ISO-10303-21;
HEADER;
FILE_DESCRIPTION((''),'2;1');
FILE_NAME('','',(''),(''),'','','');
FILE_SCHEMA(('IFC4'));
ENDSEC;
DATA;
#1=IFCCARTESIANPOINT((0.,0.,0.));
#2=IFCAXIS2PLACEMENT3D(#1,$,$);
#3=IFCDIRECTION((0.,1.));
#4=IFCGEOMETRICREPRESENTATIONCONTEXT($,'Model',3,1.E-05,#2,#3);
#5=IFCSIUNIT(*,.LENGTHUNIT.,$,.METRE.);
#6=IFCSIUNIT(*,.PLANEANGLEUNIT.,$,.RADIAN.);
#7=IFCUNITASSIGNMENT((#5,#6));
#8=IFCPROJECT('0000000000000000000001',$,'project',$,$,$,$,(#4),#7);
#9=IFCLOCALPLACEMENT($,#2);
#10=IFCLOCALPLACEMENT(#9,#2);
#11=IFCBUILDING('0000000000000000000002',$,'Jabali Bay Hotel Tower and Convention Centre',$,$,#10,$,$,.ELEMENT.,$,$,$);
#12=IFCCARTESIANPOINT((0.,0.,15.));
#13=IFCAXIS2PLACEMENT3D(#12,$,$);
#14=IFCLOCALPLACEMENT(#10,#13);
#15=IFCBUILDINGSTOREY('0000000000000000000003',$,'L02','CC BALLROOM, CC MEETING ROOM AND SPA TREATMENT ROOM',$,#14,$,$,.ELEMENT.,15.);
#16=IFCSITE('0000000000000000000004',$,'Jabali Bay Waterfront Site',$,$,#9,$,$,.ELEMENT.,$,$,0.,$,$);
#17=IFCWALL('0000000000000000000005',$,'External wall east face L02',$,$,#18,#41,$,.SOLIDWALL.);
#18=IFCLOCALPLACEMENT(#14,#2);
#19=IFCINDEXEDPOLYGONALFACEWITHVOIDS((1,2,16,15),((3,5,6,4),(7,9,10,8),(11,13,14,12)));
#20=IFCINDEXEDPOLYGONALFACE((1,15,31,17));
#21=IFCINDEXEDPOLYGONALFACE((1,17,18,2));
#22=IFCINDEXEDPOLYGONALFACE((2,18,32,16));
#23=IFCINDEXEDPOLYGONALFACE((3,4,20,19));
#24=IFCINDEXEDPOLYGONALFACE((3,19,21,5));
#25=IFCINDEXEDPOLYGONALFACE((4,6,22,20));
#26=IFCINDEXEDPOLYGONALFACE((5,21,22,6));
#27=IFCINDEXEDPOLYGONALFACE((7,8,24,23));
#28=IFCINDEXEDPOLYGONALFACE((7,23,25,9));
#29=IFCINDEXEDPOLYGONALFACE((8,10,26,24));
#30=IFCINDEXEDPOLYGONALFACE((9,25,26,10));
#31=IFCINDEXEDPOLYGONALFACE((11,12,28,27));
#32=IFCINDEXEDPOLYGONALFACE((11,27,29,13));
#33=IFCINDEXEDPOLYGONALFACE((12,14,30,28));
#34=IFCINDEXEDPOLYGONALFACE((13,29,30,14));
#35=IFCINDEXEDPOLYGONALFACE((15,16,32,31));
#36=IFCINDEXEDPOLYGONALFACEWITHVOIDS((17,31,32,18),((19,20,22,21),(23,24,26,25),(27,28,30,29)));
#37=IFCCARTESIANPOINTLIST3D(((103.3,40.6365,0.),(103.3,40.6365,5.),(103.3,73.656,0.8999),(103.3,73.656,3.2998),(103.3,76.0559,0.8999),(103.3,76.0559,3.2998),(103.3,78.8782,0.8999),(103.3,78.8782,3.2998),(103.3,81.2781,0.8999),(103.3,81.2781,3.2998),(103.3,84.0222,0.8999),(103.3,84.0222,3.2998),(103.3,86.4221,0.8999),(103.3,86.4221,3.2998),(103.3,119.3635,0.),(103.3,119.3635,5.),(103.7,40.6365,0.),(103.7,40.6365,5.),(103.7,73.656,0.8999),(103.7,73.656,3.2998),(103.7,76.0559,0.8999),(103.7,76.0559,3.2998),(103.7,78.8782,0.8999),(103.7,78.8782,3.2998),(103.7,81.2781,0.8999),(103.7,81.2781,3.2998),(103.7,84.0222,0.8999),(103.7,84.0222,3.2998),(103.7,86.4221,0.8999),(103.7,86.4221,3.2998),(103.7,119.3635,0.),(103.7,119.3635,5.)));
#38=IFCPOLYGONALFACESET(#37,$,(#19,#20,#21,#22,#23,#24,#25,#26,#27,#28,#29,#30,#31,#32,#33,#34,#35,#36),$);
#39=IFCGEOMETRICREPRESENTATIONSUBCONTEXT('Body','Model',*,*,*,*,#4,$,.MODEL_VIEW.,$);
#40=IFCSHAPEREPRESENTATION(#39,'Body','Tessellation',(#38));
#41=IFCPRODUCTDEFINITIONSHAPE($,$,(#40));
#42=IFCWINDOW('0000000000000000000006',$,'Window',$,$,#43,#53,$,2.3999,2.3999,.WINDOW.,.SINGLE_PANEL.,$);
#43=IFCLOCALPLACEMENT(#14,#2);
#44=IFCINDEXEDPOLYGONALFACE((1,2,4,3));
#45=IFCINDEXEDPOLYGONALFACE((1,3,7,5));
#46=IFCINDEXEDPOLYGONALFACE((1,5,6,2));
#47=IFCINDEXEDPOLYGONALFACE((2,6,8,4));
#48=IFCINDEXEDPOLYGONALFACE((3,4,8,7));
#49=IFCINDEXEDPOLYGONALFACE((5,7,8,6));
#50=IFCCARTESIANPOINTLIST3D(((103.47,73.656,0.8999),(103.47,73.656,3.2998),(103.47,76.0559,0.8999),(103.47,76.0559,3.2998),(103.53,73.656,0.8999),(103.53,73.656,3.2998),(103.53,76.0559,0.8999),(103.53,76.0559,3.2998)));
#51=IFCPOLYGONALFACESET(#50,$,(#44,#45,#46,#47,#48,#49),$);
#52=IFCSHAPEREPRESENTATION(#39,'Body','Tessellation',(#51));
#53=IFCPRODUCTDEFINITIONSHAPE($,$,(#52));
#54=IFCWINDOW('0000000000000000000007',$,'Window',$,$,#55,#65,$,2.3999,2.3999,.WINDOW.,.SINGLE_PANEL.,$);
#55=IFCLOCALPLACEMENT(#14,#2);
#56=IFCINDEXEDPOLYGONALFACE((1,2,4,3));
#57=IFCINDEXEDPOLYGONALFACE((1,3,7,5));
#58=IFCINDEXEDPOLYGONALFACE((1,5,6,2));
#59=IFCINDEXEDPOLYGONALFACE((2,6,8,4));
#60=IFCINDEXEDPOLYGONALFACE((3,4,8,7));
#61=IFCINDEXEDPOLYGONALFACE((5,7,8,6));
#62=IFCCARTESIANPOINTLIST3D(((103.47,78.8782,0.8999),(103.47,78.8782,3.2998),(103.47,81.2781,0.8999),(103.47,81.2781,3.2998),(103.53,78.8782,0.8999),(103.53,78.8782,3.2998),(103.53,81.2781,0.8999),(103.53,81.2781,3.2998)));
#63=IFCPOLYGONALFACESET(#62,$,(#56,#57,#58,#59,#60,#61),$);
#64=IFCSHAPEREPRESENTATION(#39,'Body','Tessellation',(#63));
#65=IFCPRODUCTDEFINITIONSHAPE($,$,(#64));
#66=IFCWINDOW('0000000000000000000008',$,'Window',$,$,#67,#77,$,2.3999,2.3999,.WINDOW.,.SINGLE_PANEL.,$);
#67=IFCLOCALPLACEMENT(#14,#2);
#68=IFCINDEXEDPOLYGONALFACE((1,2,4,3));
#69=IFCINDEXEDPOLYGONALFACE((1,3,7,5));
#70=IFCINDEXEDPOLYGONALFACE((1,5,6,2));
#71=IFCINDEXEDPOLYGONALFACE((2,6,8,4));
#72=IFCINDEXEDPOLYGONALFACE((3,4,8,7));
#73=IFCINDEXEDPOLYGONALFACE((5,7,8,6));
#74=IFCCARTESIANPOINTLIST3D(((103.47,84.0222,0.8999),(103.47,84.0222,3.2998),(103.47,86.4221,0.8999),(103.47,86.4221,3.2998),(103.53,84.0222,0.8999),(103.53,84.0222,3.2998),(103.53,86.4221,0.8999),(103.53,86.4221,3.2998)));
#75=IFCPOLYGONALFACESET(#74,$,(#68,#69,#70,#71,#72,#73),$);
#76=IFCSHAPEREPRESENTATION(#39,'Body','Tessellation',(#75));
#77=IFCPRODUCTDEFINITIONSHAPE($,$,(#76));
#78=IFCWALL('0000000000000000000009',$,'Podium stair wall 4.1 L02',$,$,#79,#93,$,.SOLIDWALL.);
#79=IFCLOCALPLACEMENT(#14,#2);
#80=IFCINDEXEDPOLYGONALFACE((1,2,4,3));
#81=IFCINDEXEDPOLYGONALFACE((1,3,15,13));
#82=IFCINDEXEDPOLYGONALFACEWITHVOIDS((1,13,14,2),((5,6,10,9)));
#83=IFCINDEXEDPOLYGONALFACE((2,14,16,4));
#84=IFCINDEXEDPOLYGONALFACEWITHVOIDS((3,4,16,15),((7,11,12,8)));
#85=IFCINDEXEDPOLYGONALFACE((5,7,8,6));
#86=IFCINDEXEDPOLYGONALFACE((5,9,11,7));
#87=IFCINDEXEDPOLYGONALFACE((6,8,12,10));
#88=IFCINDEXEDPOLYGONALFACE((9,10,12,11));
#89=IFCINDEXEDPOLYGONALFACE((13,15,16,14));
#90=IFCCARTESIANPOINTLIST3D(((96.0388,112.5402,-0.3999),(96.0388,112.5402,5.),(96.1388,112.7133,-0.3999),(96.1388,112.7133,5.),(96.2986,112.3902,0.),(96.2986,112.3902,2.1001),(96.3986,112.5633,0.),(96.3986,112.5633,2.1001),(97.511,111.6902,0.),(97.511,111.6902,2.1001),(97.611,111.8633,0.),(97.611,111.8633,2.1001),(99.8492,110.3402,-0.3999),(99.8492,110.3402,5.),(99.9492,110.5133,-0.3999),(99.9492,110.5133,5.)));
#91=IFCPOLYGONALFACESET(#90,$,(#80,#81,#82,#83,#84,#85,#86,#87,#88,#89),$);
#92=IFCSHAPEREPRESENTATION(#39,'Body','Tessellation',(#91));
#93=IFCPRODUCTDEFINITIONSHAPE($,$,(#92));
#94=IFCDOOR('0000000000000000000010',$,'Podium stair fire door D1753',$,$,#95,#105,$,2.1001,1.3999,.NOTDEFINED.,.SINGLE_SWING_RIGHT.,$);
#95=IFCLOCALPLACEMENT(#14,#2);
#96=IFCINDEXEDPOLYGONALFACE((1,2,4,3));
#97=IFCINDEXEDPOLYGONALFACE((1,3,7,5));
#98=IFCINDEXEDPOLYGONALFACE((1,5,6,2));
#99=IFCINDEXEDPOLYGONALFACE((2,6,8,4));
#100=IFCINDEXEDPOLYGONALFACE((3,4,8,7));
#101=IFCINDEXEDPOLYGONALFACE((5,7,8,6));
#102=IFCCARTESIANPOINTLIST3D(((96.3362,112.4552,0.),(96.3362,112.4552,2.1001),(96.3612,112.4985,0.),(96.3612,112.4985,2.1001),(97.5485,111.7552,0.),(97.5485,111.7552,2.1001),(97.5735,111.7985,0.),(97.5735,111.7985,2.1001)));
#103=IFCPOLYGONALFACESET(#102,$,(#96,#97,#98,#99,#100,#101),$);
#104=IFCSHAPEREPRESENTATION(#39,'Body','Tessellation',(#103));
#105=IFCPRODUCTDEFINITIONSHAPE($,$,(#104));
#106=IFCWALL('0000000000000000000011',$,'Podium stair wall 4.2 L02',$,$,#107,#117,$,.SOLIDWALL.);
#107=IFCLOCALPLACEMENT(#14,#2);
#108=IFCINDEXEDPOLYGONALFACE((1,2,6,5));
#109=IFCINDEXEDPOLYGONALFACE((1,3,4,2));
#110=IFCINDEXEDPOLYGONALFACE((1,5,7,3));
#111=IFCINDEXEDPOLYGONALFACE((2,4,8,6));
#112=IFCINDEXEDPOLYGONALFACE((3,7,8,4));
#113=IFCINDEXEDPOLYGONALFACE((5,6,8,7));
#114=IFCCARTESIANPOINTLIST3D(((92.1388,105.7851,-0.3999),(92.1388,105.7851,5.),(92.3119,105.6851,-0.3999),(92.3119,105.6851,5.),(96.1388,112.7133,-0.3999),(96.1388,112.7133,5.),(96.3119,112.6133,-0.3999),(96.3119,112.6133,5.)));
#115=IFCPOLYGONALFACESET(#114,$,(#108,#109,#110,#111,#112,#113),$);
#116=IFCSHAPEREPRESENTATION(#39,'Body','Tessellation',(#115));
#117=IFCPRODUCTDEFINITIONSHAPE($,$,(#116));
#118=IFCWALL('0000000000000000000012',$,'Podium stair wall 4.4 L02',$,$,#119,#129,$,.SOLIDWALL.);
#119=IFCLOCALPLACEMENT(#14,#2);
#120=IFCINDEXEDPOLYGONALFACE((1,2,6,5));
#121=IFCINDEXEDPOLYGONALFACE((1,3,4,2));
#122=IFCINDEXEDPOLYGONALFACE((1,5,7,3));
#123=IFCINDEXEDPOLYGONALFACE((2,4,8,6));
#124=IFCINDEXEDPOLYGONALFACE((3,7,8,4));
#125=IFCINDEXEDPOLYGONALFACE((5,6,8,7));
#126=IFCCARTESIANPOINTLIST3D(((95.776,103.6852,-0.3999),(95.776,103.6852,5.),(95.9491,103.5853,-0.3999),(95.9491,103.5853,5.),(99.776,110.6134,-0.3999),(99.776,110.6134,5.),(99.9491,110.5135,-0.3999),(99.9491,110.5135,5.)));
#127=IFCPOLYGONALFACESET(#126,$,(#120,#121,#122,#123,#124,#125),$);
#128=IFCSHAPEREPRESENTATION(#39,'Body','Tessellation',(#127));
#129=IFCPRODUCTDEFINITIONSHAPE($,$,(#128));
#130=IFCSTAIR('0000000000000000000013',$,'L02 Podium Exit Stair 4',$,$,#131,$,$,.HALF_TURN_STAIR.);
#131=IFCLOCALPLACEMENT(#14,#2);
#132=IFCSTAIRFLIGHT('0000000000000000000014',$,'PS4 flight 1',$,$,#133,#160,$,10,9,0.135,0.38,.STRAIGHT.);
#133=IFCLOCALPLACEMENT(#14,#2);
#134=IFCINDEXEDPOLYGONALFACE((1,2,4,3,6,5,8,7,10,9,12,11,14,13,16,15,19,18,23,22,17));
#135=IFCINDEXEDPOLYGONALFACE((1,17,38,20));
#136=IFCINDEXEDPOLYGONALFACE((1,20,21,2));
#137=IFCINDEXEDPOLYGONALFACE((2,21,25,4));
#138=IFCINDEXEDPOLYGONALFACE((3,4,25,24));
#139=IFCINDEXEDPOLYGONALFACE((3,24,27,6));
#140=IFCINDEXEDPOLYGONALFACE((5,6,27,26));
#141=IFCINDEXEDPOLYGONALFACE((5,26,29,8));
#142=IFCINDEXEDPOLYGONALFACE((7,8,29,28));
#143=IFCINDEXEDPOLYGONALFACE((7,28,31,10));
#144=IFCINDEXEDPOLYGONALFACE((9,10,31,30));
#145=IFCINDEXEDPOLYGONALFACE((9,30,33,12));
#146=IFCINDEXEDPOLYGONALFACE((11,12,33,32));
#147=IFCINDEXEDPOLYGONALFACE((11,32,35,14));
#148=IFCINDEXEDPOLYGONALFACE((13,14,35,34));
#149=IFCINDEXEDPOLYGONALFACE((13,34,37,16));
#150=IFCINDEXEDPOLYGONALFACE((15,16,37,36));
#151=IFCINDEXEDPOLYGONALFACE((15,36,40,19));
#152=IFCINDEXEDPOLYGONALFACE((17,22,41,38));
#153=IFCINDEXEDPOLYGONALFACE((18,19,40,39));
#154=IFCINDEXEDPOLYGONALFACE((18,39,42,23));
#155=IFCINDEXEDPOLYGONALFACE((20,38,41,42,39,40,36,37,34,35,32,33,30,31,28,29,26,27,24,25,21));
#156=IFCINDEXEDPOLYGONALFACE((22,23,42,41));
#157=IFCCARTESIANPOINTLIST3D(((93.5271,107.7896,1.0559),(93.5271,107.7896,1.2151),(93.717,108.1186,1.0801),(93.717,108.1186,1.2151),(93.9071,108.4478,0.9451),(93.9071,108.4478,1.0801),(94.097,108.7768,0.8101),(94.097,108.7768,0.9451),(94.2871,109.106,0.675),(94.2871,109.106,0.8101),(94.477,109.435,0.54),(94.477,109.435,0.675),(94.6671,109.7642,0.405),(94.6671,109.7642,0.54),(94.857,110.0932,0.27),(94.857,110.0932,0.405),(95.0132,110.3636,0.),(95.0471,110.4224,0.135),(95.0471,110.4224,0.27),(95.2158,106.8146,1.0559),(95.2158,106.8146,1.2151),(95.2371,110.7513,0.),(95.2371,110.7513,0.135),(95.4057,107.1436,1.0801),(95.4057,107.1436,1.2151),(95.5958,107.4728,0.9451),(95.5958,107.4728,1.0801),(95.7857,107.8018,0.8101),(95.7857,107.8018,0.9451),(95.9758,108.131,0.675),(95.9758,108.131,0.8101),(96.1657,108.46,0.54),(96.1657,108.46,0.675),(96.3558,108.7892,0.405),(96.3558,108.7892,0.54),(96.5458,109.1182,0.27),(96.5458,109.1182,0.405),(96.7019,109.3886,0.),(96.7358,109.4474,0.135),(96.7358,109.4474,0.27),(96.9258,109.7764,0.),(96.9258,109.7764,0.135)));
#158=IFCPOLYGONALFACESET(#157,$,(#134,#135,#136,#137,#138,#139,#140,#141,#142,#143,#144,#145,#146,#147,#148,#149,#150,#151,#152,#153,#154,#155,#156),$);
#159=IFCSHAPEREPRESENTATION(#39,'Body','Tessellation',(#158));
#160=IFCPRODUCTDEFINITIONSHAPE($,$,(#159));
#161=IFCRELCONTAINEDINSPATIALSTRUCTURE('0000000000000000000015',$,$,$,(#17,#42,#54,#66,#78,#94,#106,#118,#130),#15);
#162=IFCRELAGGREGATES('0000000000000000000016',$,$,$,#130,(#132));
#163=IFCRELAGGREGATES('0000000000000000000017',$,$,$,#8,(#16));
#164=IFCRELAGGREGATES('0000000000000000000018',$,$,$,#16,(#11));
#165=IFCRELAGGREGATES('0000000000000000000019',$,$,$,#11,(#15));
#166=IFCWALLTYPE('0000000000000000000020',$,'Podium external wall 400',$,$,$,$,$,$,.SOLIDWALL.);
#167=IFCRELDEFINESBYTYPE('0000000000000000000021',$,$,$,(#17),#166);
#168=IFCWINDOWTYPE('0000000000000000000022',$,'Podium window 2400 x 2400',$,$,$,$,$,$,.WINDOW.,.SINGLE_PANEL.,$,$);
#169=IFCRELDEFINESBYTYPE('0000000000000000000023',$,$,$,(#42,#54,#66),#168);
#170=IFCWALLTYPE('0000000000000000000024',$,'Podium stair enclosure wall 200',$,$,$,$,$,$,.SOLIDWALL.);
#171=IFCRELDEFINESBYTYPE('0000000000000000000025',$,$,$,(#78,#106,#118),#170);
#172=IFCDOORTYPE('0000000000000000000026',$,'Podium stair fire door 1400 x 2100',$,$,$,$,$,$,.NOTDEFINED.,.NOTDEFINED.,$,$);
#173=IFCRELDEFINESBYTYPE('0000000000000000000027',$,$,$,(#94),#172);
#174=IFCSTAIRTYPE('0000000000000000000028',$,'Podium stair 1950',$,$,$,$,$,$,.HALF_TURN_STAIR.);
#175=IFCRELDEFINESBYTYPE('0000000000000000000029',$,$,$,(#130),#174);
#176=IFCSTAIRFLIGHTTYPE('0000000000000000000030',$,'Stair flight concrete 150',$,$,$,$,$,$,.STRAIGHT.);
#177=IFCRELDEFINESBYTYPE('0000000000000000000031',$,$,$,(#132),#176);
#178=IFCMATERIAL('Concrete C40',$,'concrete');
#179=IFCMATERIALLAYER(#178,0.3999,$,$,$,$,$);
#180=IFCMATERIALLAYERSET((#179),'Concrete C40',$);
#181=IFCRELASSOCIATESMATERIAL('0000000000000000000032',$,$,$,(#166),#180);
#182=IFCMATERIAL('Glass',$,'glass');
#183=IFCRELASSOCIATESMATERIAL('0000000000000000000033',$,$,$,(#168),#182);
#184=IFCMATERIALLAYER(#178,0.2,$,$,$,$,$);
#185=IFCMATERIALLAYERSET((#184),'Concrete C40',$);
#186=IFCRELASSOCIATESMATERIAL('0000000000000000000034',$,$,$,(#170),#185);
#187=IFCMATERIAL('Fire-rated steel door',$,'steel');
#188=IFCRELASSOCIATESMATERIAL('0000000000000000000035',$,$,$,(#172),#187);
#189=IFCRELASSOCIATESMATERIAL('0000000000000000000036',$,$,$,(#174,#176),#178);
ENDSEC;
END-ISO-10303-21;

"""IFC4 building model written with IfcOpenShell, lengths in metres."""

from ifc_helpers import new_model, si_unit, direction, frame, frame_2d, origin, place, context, subcontext, project, spatial, polyline, rectangle, outline, extrude, material, layer, layer_set, type_object, element, fill, aggregate, save


model = new_model("IFC4")

# Units and contexts
model_context = context("Model", 3, precision=1e-05, world=origin(), true_north=direction((0.0, 1.0)))
body_context = subcontext(model_context, "Body", "Model", "MODEL_VIEW")
ifc_project = project(units=[si_unit("LENGTHUNIT", "METRE"), si_unit("PLANEANGLEUNIT", "RADIAN")], contexts=[model_context])

# Site, building, storey
site_placement = place(None, origin())
site = spatial("IfcSite", under=ifc_project, at=site_placement, Name="Jabali Bay Waterfront Site", CompositionType="ELEMENT", RefElevation=0.0)
building_placement = place(site_placement, origin())
building = spatial("IfcBuilding", under=site, at=building_placement, Name="Jabali Bay Hotel Tower and Convention Centre", CompositionType="ELEMENT")
storey_placement = place(building_placement, frame((0.0, 0.0, 15.0)))
storey = spatial("IfcBuildingStorey", under=building, at=storey_placement, Name="L02", Description="CC BALLROOM, CC MEETING ROOM AND SPA TREATMENT ROOM", CompositionType="ELEMENT", Elevation=15.0)

# Shared definitions
ifc_material_1 = material(Name="Concrete C40", Category="concrete")

# Wall, openings, windows
ifc_layer_1 = layer(ifc_material_1, 0.3999)
ifc_layer_set_1 = layer_set([ifc_layer_1], Name="Concrete C40")
wall_type_1 = type_object("IfcWallType", Name="Podium external wall 400", PredefinedType="SOLIDWALL", material=ifc_layer_set_1)
wall_1_placement = place(storey_placement, frame((103.5, 119.3635, 0.0), z_axis=(0.0, 0.0, 1.0), x_axis=(0.0, -1.0, 0.0)))
wall_1 = element("IfcWall", 1, at=wall_1_placement, inside=storey, type_object=wall_type_1, Name="External wall east face L02", PredefinedType="SOLIDWALL", context=body_context, shape_type="SweptSolid", body=[
    extrude(rectangle(XDim=78.7271, YDim=0.3999, at=frame_2d((39.3635, 0.0))), origin(), (0.0, 0.0, 1.0), 5.0),
])
opening_1_placement = place(wall_1_placement, frame((43.3076, 0.0, 0.8999)))
opening_1 = element("IfcOpeningElement", 2, at=opening_1_placement, cuts=wall_1, PredefinedType="OPENING", context=body_context, shape_type="SweptSolid", body=[
    extrude(rectangle(XDim=2.3999, YDim=2.3999, at=frame_2d((1.2, 1.2))), frame((0.0, 0.2104, 0.0), z_axis=(0.0, -1.0, 0.0), x_axis=(1.0, 0.0, 0.0)), (0.0, 0.0, 1.0), 0.4209),
])
opening_2_placement = place(wall_1_placement, frame((38.0854, 0.0, 0.8999)))
opening_2 = element("IfcOpeningElement", 3, at=opening_2_placement, cuts=wall_1, PredefinedType="OPENING", context=body_context, shape_type="SweptSolid", body=[
    extrude(rectangle(XDim=2.3999, YDim=2.3999, at=frame_2d((1.2, 1.2))), frame((0.0, 0.2104, 0.0), z_axis=(0.0, -1.0, 0.0), x_axis=(1.0, 0.0, 0.0)), (0.0, 0.0, 1.0), 0.4209),
])
opening_3_placement = place(wall_1_placement, frame((32.9414, 0.0, 0.8999)))
opening_3 = element("IfcOpeningElement", 4, at=opening_3_placement, cuts=wall_1, PredefinedType="OPENING", context=body_context, shape_type="SweptSolid", body=[
    extrude(rectangle(XDim=2.3999, YDim=2.3999, at=frame_2d((1.2, 1.2))), frame((0.0, 0.2104, 0.0), z_axis=(0.0, -1.0, 0.0), x_axis=(1.0, 0.0, 0.0)), (0.0, 0.0, 1.0), 0.4209),
])
ifc_material_2 = material(Name="Glass", Category="glass")
window_type = type_object("IfcWindowType", Name="Podium window 2400 x 2400", PartitioningType="SINGLE_PANEL", PredefinedType="WINDOW", material=ifc_material_2)
window_1_placement = place(opening_1_placement, origin())
window_1 = element("IfcWindow", 5, at=window_1_placement, inside=storey, type_object=window_type, Name="Window", OverallHeight=2.3999, OverallWidth=2.3999, PartitioningType="SINGLE_PANEL", PredefinedType="WINDOW", context=body_context, shape_type="SweptSolid", body=[
    extrude(rectangle(XDim=2.3999, YDim=2.3999, at=frame_2d((1.2, 1.2))), frame((0.0, 0.03, 0.0), z_axis=(0.0, -1.0, 0.0), x_axis=(1.0, 0.0, 0.0)), (0.0, 0.0, 1.0), 0.0601),
])
fill(opening_1, window_1)
window_2_placement = place(opening_2_placement, origin())
window_2 = element("IfcWindow", 6, at=window_2_placement, inside=storey, type_object=window_type, Name="Window", OverallHeight=2.3999, OverallWidth=2.3999, PartitioningType="SINGLE_PANEL", PredefinedType="WINDOW", context=body_context, shape_type="SweptSolid", body=[
    extrude(rectangle(XDim=2.3999, YDim=2.3999, at=frame_2d((1.2, 1.2))), frame((0.0, 0.03, 0.0), z_axis=(0.0, -1.0, 0.0), x_axis=(1.0, 0.0, 0.0)), (0.0, 0.0, 1.0), 0.0601),
])
fill(opening_2, window_2)
window_3_placement = place(opening_3_placement, origin())
window_3 = element("IfcWindow", 7, at=window_3_placement, inside=storey, type_object=window_type, Name="Window", OverallHeight=2.3999, OverallWidth=2.3999, PartitioningType="SINGLE_PANEL", PredefinedType="WINDOW", context=body_context, shape_type="SweptSolid", body=[
    extrude(rectangle(XDim=2.3999, YDim=2.3999, at=frame_2d((1.2, 1.2))), frame((0.0, 0.03, 0.0), z_axis=(0.0, -1.0, 0.0), x_axis=(1.0, 0.0, 0.0)), (0.0, 0.0, 1.0), 0.0601),
])
fill(opening_3, window_3)

# Wall, opening, door
ifc_layer_2 = layer(ifc_material_1, 0.2)
ifc_layer_set_2 = layer_set([ifc_layer_2], Name="Concrete C40")
wall_type_2 = type_object("IfcWallType", Name="Podium stair enclosure wall 200", PredefinedType="SOLIDWALL", material=ifc_layer_set_2)
wall_2_placement = place(storey_placement, frame((99.8992, 110.4268, -0.3999), z_axis=(0.0, 0.0, 1.0), x_axis=(-0.866018, 0.500012, 0.0)))
wall_2 = element("IfcWall", 8, at=wall_2_placement, inside=storey, type_object=wall_type_2, Name="Podium stair wall 4.1 L02", PredefinedType="SOLIDWALL", context=body_context, shape_type="SweptSolid", body=[
    extrude(rectangle(XDim=4.3999, YDim=0.2, at=frame_2d((2.2, 0.0))), origin(), (0.0, 0.0, 1.0), 5.3999),
])
opening_4_placement = place(wall_2_placement, frame((2.7, 0.0, 0.3999)))
opening_4 = element("IfcOpeningElement", 9, at=opening_4_placement, cuts=wall_2, PredefinedType="OPENING", context=body_context, shape_type="SweptSolid", body=[
    extrude(rectangle(XDim=1.3999, YDim=2.1001, at=frame_2d((0.7, 1.05))), frame((0.0, 0.1104, 0.0), z_axis=(0.0, -1.0, 0.0), x_axis=(1.0, 0.0, 0.0)), (0.0, 0.0, 1.0), 0.2209),
])
ifc_material_3 = material(Name="Fire-rated steel door", Category="steel")
door_type_1 = type_object("IfcDoorType", Name="Podium stair fire door 1400 x 2100", OperationType="NOTDEFINED", PredefinedType="NOTDEFINED", material=ifc_material_3)
door_1_placement = place(opening_4_placement, origin())
door_1 = element("IfcDoor", 10, at=door_1_placement, inside=storey, type_object=door_type_1, Name="Podium stair fire door D1753", OperationType="SINGLE_SWING_RIGHT", OverallHeight=2.1001, OverallWidth=1.3999, PredefinedType="NOTDEFINED", context=body_context, shape_type="SweptSolid", body=[
    extrude(rectangle(XDim=1.3999, YDim=2.1001, at=frame_2d((0.7, 1.05))), frame((0.0, 0.0249, 0.0), z_axis=(0.0, -1.0, 0.0), x_axis=(1.0, 0.0, 0.0)), (0.0, 0.0, 1.0), 0.05),
])
fill(opening_4, door_1)

# Walls
for number, where, z_axis, x_axis, name in (
    (11, (96.2253, 112.6633, -0.3999), (0.0, 0.0, 1.0), (-0.499999, -0.866026, 0.0), "Podium stair wall 4.2 L02"),
    (12, (95.8625, 103.6353, -0.3999), (0.0, 0.0, 1.0), (0.499999, 0.866026, 0.0), "Podium stair wall 4.4 L02"),
):
    element("IfcWall", number, at=place(storey_placement, frame(where, z_axis=z_axis, x_axis=x_axis)), inside=storey, type_object=wall_type_2, Name=name, PredefinedType="SOLIDWALL", context=body_context, shape_type="SweptSolid", body=[
        extrude(rectangle(XDim=8.0, YDim=0.2, at=frame_2d((4.0, 0.0))), origin(), (0.0, 0.0, 1.0), 5.3999),
    ])

# Stair, stair flight
stair_type = type_object("IfcStairType", Name="Podium stair 1950", PredefinedType="HALF_TURN_STAIR", material=ifc_material_1)
stair_placement = place(storey_placement, origin())
stair = element("IfcStair", 13, at=stair_placement, inside=storey, type_object=stair_type, Name="L02 Podium Exit Stair 4", PredefinedType="HALF_TURN_STAIR")
stair_flight_type = type_object("IfcStairFlightType", Name="Stair flight concrete 150", PredefinedType="STRAIGHT", material=ifc_material_1)
stair_flight_1_placement = place(storey_placement, frame((96.0813, 110.2639, 0.0), z_axis=(0.0, 0.0, 1.0), x_axis=(-0.5, -0.866025, 0.0)))
stair_flight_1 = element("IfcStairFlight", 14, at=stair_flight_1_placement, type_object=stair_flight_type, Name="PS4 flight 1", NumberOfRisers=10, NumberOfTreads=9, PredefinedType="STRAIGHT", RiserHeight=0.135, TreadLength=0.38, context=body_context, shape_type="SweptSolid", body=[
    extrude(outline(polyline([(0.0, 0.0), (0.0, 0.135), (0.3799, 0.135), (0.3799, 0.27), (0.76, 0.27), (0.76, 0.405), (1.1399, 0.405), (1.1399, 0.54), (1.52, 0.54), (1.52, 0.675), (1.8999, 0.675), (1.8999, 0.8101), (2.28, 0.8101), (2.28, 0.9451), (2.6599, 0.9451), (2.6599, 1.0801), (3.04, 1.0801), (3.04, 1.2151), (3.4199, 1.2151), (3.4199, 1.3501), (3.4199, 1.0559), (0.4478, 0.0), (0.0, 0.0)])), frame((0.0, 0.9751, 0.0), z_axis=(0.0, -1.0, 0.0), x_axis=(1.0, 0.0, 0.0)), (0.0, 0.0, 1.0), 1.95),
])
aggregate(stair, [stair_flight_1])

save(model, "model.ifc")
